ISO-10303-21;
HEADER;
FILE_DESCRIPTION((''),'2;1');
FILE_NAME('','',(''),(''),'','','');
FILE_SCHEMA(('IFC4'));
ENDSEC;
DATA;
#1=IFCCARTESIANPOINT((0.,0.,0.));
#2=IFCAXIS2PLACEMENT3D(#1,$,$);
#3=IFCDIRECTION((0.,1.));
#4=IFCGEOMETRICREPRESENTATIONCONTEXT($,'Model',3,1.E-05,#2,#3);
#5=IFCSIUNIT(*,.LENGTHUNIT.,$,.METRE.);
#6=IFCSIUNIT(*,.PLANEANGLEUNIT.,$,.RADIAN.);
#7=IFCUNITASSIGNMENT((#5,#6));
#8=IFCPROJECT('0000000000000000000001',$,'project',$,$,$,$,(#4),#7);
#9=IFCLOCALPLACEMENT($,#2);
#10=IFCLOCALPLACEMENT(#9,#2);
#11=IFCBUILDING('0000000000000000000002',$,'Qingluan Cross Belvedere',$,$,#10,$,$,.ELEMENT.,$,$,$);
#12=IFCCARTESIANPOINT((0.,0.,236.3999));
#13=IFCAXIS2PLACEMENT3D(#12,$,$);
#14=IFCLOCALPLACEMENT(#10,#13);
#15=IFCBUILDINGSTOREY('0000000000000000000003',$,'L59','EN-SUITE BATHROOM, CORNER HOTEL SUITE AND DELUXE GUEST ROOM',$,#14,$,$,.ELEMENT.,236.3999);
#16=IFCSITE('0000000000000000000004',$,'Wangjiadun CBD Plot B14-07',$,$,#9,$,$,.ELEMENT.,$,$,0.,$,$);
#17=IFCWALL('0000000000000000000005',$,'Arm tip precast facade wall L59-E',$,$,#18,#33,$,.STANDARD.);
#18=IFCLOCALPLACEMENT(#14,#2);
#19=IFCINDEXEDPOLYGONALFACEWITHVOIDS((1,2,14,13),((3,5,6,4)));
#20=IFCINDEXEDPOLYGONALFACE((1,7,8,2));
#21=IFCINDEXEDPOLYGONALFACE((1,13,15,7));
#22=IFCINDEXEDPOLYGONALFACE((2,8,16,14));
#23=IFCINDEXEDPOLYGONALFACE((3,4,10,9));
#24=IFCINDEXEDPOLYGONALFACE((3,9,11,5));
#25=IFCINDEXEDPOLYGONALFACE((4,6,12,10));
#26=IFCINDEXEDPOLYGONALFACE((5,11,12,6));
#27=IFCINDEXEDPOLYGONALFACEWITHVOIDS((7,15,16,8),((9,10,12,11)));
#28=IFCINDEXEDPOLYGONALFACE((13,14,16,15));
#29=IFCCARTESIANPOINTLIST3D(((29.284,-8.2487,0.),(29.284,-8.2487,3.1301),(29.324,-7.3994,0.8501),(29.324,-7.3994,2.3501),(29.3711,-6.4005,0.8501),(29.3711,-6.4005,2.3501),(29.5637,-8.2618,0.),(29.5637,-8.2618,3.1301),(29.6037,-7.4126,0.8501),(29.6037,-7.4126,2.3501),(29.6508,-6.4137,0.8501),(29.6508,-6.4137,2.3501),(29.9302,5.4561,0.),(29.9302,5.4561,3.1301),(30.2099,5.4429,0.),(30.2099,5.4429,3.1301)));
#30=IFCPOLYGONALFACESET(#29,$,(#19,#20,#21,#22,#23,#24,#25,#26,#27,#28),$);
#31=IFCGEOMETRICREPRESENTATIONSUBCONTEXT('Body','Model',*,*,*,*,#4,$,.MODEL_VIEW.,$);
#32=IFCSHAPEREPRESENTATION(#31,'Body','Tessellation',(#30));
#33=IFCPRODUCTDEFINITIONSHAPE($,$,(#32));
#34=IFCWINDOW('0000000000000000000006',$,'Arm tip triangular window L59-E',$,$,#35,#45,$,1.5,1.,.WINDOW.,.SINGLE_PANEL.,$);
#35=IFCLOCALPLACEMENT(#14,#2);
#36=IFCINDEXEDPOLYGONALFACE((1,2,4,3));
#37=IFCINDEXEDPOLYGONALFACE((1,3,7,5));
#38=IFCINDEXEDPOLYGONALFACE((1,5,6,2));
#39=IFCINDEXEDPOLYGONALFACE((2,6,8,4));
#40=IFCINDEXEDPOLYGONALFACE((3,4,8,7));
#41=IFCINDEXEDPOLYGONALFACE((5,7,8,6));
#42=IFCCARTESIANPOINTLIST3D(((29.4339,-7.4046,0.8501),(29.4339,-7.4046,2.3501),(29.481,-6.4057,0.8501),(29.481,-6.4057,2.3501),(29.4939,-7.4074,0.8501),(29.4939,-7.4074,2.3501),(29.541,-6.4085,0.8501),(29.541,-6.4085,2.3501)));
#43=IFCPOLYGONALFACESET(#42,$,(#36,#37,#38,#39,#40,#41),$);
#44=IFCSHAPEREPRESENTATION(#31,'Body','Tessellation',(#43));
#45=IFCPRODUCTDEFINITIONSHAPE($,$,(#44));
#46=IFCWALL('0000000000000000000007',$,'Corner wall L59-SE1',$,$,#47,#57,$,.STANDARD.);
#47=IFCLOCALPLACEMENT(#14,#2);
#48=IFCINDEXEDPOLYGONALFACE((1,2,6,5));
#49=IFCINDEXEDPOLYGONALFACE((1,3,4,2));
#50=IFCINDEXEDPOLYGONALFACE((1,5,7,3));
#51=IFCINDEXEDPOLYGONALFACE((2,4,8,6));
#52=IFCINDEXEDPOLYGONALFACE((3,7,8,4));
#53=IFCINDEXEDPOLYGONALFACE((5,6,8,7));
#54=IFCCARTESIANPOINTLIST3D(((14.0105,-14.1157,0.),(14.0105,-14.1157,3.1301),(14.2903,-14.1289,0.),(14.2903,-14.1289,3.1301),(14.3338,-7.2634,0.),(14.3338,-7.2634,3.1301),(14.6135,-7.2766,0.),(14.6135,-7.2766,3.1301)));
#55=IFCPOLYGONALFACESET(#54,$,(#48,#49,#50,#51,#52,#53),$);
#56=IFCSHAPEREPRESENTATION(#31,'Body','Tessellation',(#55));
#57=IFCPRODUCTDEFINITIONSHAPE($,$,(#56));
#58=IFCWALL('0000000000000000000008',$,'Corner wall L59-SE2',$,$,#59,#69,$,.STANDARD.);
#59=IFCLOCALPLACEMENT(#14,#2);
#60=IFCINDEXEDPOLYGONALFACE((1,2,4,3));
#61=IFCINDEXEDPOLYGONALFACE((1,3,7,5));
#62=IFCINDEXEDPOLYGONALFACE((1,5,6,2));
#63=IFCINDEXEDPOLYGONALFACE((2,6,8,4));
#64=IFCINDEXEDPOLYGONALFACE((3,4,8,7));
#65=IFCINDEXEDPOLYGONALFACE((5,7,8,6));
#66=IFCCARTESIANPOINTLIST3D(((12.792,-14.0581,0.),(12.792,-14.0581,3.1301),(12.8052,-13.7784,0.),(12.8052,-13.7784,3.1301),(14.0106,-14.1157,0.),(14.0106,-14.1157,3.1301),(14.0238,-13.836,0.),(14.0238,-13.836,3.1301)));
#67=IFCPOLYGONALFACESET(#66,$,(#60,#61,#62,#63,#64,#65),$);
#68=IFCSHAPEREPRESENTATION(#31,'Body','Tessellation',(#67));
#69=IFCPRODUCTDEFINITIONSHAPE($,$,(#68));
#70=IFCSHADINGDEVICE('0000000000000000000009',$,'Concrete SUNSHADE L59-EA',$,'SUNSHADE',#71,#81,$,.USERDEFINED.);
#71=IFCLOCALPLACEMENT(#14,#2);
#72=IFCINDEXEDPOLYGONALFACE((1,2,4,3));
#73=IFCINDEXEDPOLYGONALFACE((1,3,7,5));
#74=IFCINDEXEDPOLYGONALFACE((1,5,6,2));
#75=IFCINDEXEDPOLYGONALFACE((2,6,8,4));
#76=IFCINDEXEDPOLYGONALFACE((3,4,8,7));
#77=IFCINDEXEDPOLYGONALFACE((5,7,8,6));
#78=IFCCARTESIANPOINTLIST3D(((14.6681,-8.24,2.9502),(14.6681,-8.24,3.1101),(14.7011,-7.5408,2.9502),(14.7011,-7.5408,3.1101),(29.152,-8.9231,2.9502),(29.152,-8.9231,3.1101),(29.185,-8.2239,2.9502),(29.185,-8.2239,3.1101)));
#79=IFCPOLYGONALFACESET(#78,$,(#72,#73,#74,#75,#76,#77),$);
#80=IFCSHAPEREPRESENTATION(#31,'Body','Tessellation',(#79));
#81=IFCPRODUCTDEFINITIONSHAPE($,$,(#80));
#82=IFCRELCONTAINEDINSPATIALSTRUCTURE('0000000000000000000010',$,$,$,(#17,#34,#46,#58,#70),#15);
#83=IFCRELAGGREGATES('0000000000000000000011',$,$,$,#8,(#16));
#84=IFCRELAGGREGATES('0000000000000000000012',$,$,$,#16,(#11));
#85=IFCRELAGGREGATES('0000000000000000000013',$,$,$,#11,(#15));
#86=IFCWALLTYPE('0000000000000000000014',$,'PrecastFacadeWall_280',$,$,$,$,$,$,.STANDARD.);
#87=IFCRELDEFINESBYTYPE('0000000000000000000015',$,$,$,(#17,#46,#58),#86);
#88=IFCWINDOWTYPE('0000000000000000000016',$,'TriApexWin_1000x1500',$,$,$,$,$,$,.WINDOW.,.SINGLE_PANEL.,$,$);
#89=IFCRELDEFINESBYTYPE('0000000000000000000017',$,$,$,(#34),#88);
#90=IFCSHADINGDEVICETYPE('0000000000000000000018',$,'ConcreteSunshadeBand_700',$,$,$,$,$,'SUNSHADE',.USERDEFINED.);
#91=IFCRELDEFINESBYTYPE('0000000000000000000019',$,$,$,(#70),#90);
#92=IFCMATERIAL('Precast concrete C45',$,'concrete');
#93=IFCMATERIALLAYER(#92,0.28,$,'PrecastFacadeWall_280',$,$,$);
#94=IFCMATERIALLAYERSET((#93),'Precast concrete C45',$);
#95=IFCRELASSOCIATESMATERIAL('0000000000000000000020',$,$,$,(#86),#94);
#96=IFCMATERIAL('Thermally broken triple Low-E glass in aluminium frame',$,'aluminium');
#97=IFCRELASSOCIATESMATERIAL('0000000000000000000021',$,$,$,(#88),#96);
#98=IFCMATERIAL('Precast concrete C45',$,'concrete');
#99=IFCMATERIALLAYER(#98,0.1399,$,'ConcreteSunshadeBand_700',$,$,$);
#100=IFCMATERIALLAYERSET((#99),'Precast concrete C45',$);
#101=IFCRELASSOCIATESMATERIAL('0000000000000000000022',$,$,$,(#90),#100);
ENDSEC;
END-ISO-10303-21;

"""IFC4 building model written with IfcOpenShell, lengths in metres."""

from ifc_helpers import new_model, si_unit, direction, frame, frame_2d, origin, origin_2d, place, context, subcontext, project, spatial, rectangle, extrude, material, layer, layer_set, type_object, element, fill, save


model = new_model("IFC4")

# Units and contexts
model_context = context("Model", 3, precision=1e-05, world=origin(), true_north=direction((0.0, 1.0)))
body_context = subcontext(model_context, "Body", "Model", "MODEL_VIEW")
ifc_project = project(units=[si_unit("LENGTHUNIT", "METRE"), si_unit("PLANEANGLEUNIT", "RADIAN")], contexts=[model_context])

# Site, building, storey
site_placement = place(None, origin())
site = spatial("IfcSite", under=ifc_project, at=site_placement, Name="Wangjiadun CBD Plot B14-07", CompositionType="ELEMENT", RefElevation=0.0)
building_placement = place(site_placement, origin())
building = spatial("IfcBuilding", under=site, at=building_placement, Name="Qingluan Cross Belvedere", CompositionType="ELEMENT")
storey_placement = place(building_placement, frame((0.0, 0.0, 236.3999)))
storey = spatial("IfcBuildingStorey", under=building, at=storey_placement, Name="L59", Description="EN-SUITE BATHROOM, CORNER HOTEL SUITE AND DELUXE GUEST ROOM", CompositionType="ELEMENT", Elevation=236.3999)

# Shared definitions
ifc_material_1 = material(Name="Precast concrete C45", Category="concrete")
ifc_layer_1 = layer(ifc_material_1, 0.28, Name="PrecastFacadeWall_280")
ifc_layer_set_1 = layer_set([ifc_layer_1], Name="Precast concrete C45")
wall_type_1 = type_object("IfcWallType", Name="PrecastFacadeWall_280", PredefinedType="STANDARD", material=ifc_layer_set_1)

# Wall, opening, window
wall_1_placement = place(storey_placement, frame((29.4238, -8.2551, 0.0), z_axis=(0.0, 0.0, 1.0), x_axis=(0.047102, 0.99889, 0.0)))
wall_1 = element("IfcWall", 1, at=wall_1_placement, inside=storey, type_object=wall_type_1, Name="Arm tip precast facade wall L59-E", PredefinedType="STANDARD", context=body_context, shape_type="SweptSolid", body=[
    extrude(rectangle(XDim=13.72, YDim=0.28, at=frame_2d((6.8599, 0.0))), origin(), (0.0, 0.0, 1.0), 3.1301),
])
opening_1_placement = place(wall_1_placement, frame((0.8501, 0.0, 0.8501)))
opening_1 = element("IfcOpeningElement", 2, at=opening_1_placement, cuts=wall_1, PredefinedType="OPENING", context=body_context, shape_type="SweptSolid", body=[
    extrude(rectangle(XDim=1.0, YDim=1.5, at=frame_2d((0.5, 0.75))), frame((0.0, 0.1499, 0.0), z_axis=(0.0, -1.0, 0.0), x_axis=(1.0, 0.0, 0.0)), (0.0, 0.0, 1.0), 0.3),
])
ifc_material_2 = material(Name="Thermally broken triple Low-E glass in aluminium frame", Category="aluminium")
window_type_1 = type_object("IfcWindowType", Name="TriApexWin_1000x1500", PartitioningType="SINGLE_PANEL", PredefinedType="WINDOW", material=ifc_material_2)
window_1_placement = place(opening_1_placement, origin())
window_1 = element("IfcWindow", 3, at=window_1_placement, inside=storey, type_object=window_type_1, Name="Arm tip triangular window L59-E", OverallHeight=1.5, OverallWidth=1.0, PartitioningType="SINGLE_PANEL", PredefinedType="WINDOW", context=body_context, shape_type="SweptSolid", body=[
    extrude(rectangle(XDim=1.0, YDim=1.5, at=frame_2d((0.5, 0.75))), frame((0.0, 0.03, 0.0), z_axis=(0.0, -1.0, 0.0), x_axis=(1.0, 0.0, 0.0)), (0.0, 0.0, 1.0), 0.0601),
])
fill(opening_1, window_1)

# Walls
wall_2_placement = place(storey_placement, frame((14.4736, -7.27, 0.0), z_axis=(0.0, 0.0, 1.0), x_axis=(-0.04712, -0.998889, 0.0)))
element("IfcWall", 4, at=wall_2_placement, inside=storey, type_object=wall_type_1, Name="Corner wall L59-SE1", PredefinedType="STANDARD", context=body_context, shape_type="SweptSolid", body=[
    extrude(rectangle(XDim=6.8599, YDim=0.28, at=frame_2d((3.4299, 0.0))), origin(), (0.0, 0.0, 1.0), 3.1301),
])
wall_3_placement = place(storey_placement, frame((14.0171, -13.9758, 0.0), z_axis=(0.0, 0.0, 1.0), x_axis=(-0.998884, 0.047232, 0.0)))
element("IfcWall", 5, at=wall_3_placement, inside=storey, type_object=wall_type_1, Name="Corner wall L59-SE2", PredefinedType="STANDARD", context=body_context, shape_type="SweptSolid", body=[
    extrude(rectangle(XDim=1.22, YDim=0.28, at=frame_2d((0.6099, 0.0))), origin(), (0.0, 0.0, 1.0), 3.1301),
])

# Shading device
ifc_material_3 = material(Name="Precast concrete C45", Category="concrete")
ifc_layer_2 = layer(ifc_material_3, 0.1399, Name="ConcreteSunshadeBand_700")
ifc_layer_set_2 = layer_set([ifc_layer_2], Name="Precast concrete C45")
shading_device_type = type_object("IfcShadingDeviceType", Name="ConcreteSunshadeBand_700", ElementType="SUNSHADE", PredefinedType="USERDEFINED", material=ifc_layer_set_2)
shading_device_placement = place(storey_placement, frame((21.9265, -8.2319, 2.9502), z_axis=(0.0, 0.0, 1.0), x_axis=(0.99889, -0.047109, 0.0)))
element("IfcShadingDevice", 6, at=shading_device_placement, inside=storey, type_object=shading_device_type, Name="Concrete SUNSHADE L59-EA", ObjectType="SUNSHADE", PredefinedType="USERDEFINED", context=body_context, shape_type="SweptSolid", body=[
    extrude(rectangle(XDim=14.5, YDim=0.7, at=origin_2d()), origin(), (0.0, 0.0, 1.0), 0.1599),
])

save(model, "model.ifc")
